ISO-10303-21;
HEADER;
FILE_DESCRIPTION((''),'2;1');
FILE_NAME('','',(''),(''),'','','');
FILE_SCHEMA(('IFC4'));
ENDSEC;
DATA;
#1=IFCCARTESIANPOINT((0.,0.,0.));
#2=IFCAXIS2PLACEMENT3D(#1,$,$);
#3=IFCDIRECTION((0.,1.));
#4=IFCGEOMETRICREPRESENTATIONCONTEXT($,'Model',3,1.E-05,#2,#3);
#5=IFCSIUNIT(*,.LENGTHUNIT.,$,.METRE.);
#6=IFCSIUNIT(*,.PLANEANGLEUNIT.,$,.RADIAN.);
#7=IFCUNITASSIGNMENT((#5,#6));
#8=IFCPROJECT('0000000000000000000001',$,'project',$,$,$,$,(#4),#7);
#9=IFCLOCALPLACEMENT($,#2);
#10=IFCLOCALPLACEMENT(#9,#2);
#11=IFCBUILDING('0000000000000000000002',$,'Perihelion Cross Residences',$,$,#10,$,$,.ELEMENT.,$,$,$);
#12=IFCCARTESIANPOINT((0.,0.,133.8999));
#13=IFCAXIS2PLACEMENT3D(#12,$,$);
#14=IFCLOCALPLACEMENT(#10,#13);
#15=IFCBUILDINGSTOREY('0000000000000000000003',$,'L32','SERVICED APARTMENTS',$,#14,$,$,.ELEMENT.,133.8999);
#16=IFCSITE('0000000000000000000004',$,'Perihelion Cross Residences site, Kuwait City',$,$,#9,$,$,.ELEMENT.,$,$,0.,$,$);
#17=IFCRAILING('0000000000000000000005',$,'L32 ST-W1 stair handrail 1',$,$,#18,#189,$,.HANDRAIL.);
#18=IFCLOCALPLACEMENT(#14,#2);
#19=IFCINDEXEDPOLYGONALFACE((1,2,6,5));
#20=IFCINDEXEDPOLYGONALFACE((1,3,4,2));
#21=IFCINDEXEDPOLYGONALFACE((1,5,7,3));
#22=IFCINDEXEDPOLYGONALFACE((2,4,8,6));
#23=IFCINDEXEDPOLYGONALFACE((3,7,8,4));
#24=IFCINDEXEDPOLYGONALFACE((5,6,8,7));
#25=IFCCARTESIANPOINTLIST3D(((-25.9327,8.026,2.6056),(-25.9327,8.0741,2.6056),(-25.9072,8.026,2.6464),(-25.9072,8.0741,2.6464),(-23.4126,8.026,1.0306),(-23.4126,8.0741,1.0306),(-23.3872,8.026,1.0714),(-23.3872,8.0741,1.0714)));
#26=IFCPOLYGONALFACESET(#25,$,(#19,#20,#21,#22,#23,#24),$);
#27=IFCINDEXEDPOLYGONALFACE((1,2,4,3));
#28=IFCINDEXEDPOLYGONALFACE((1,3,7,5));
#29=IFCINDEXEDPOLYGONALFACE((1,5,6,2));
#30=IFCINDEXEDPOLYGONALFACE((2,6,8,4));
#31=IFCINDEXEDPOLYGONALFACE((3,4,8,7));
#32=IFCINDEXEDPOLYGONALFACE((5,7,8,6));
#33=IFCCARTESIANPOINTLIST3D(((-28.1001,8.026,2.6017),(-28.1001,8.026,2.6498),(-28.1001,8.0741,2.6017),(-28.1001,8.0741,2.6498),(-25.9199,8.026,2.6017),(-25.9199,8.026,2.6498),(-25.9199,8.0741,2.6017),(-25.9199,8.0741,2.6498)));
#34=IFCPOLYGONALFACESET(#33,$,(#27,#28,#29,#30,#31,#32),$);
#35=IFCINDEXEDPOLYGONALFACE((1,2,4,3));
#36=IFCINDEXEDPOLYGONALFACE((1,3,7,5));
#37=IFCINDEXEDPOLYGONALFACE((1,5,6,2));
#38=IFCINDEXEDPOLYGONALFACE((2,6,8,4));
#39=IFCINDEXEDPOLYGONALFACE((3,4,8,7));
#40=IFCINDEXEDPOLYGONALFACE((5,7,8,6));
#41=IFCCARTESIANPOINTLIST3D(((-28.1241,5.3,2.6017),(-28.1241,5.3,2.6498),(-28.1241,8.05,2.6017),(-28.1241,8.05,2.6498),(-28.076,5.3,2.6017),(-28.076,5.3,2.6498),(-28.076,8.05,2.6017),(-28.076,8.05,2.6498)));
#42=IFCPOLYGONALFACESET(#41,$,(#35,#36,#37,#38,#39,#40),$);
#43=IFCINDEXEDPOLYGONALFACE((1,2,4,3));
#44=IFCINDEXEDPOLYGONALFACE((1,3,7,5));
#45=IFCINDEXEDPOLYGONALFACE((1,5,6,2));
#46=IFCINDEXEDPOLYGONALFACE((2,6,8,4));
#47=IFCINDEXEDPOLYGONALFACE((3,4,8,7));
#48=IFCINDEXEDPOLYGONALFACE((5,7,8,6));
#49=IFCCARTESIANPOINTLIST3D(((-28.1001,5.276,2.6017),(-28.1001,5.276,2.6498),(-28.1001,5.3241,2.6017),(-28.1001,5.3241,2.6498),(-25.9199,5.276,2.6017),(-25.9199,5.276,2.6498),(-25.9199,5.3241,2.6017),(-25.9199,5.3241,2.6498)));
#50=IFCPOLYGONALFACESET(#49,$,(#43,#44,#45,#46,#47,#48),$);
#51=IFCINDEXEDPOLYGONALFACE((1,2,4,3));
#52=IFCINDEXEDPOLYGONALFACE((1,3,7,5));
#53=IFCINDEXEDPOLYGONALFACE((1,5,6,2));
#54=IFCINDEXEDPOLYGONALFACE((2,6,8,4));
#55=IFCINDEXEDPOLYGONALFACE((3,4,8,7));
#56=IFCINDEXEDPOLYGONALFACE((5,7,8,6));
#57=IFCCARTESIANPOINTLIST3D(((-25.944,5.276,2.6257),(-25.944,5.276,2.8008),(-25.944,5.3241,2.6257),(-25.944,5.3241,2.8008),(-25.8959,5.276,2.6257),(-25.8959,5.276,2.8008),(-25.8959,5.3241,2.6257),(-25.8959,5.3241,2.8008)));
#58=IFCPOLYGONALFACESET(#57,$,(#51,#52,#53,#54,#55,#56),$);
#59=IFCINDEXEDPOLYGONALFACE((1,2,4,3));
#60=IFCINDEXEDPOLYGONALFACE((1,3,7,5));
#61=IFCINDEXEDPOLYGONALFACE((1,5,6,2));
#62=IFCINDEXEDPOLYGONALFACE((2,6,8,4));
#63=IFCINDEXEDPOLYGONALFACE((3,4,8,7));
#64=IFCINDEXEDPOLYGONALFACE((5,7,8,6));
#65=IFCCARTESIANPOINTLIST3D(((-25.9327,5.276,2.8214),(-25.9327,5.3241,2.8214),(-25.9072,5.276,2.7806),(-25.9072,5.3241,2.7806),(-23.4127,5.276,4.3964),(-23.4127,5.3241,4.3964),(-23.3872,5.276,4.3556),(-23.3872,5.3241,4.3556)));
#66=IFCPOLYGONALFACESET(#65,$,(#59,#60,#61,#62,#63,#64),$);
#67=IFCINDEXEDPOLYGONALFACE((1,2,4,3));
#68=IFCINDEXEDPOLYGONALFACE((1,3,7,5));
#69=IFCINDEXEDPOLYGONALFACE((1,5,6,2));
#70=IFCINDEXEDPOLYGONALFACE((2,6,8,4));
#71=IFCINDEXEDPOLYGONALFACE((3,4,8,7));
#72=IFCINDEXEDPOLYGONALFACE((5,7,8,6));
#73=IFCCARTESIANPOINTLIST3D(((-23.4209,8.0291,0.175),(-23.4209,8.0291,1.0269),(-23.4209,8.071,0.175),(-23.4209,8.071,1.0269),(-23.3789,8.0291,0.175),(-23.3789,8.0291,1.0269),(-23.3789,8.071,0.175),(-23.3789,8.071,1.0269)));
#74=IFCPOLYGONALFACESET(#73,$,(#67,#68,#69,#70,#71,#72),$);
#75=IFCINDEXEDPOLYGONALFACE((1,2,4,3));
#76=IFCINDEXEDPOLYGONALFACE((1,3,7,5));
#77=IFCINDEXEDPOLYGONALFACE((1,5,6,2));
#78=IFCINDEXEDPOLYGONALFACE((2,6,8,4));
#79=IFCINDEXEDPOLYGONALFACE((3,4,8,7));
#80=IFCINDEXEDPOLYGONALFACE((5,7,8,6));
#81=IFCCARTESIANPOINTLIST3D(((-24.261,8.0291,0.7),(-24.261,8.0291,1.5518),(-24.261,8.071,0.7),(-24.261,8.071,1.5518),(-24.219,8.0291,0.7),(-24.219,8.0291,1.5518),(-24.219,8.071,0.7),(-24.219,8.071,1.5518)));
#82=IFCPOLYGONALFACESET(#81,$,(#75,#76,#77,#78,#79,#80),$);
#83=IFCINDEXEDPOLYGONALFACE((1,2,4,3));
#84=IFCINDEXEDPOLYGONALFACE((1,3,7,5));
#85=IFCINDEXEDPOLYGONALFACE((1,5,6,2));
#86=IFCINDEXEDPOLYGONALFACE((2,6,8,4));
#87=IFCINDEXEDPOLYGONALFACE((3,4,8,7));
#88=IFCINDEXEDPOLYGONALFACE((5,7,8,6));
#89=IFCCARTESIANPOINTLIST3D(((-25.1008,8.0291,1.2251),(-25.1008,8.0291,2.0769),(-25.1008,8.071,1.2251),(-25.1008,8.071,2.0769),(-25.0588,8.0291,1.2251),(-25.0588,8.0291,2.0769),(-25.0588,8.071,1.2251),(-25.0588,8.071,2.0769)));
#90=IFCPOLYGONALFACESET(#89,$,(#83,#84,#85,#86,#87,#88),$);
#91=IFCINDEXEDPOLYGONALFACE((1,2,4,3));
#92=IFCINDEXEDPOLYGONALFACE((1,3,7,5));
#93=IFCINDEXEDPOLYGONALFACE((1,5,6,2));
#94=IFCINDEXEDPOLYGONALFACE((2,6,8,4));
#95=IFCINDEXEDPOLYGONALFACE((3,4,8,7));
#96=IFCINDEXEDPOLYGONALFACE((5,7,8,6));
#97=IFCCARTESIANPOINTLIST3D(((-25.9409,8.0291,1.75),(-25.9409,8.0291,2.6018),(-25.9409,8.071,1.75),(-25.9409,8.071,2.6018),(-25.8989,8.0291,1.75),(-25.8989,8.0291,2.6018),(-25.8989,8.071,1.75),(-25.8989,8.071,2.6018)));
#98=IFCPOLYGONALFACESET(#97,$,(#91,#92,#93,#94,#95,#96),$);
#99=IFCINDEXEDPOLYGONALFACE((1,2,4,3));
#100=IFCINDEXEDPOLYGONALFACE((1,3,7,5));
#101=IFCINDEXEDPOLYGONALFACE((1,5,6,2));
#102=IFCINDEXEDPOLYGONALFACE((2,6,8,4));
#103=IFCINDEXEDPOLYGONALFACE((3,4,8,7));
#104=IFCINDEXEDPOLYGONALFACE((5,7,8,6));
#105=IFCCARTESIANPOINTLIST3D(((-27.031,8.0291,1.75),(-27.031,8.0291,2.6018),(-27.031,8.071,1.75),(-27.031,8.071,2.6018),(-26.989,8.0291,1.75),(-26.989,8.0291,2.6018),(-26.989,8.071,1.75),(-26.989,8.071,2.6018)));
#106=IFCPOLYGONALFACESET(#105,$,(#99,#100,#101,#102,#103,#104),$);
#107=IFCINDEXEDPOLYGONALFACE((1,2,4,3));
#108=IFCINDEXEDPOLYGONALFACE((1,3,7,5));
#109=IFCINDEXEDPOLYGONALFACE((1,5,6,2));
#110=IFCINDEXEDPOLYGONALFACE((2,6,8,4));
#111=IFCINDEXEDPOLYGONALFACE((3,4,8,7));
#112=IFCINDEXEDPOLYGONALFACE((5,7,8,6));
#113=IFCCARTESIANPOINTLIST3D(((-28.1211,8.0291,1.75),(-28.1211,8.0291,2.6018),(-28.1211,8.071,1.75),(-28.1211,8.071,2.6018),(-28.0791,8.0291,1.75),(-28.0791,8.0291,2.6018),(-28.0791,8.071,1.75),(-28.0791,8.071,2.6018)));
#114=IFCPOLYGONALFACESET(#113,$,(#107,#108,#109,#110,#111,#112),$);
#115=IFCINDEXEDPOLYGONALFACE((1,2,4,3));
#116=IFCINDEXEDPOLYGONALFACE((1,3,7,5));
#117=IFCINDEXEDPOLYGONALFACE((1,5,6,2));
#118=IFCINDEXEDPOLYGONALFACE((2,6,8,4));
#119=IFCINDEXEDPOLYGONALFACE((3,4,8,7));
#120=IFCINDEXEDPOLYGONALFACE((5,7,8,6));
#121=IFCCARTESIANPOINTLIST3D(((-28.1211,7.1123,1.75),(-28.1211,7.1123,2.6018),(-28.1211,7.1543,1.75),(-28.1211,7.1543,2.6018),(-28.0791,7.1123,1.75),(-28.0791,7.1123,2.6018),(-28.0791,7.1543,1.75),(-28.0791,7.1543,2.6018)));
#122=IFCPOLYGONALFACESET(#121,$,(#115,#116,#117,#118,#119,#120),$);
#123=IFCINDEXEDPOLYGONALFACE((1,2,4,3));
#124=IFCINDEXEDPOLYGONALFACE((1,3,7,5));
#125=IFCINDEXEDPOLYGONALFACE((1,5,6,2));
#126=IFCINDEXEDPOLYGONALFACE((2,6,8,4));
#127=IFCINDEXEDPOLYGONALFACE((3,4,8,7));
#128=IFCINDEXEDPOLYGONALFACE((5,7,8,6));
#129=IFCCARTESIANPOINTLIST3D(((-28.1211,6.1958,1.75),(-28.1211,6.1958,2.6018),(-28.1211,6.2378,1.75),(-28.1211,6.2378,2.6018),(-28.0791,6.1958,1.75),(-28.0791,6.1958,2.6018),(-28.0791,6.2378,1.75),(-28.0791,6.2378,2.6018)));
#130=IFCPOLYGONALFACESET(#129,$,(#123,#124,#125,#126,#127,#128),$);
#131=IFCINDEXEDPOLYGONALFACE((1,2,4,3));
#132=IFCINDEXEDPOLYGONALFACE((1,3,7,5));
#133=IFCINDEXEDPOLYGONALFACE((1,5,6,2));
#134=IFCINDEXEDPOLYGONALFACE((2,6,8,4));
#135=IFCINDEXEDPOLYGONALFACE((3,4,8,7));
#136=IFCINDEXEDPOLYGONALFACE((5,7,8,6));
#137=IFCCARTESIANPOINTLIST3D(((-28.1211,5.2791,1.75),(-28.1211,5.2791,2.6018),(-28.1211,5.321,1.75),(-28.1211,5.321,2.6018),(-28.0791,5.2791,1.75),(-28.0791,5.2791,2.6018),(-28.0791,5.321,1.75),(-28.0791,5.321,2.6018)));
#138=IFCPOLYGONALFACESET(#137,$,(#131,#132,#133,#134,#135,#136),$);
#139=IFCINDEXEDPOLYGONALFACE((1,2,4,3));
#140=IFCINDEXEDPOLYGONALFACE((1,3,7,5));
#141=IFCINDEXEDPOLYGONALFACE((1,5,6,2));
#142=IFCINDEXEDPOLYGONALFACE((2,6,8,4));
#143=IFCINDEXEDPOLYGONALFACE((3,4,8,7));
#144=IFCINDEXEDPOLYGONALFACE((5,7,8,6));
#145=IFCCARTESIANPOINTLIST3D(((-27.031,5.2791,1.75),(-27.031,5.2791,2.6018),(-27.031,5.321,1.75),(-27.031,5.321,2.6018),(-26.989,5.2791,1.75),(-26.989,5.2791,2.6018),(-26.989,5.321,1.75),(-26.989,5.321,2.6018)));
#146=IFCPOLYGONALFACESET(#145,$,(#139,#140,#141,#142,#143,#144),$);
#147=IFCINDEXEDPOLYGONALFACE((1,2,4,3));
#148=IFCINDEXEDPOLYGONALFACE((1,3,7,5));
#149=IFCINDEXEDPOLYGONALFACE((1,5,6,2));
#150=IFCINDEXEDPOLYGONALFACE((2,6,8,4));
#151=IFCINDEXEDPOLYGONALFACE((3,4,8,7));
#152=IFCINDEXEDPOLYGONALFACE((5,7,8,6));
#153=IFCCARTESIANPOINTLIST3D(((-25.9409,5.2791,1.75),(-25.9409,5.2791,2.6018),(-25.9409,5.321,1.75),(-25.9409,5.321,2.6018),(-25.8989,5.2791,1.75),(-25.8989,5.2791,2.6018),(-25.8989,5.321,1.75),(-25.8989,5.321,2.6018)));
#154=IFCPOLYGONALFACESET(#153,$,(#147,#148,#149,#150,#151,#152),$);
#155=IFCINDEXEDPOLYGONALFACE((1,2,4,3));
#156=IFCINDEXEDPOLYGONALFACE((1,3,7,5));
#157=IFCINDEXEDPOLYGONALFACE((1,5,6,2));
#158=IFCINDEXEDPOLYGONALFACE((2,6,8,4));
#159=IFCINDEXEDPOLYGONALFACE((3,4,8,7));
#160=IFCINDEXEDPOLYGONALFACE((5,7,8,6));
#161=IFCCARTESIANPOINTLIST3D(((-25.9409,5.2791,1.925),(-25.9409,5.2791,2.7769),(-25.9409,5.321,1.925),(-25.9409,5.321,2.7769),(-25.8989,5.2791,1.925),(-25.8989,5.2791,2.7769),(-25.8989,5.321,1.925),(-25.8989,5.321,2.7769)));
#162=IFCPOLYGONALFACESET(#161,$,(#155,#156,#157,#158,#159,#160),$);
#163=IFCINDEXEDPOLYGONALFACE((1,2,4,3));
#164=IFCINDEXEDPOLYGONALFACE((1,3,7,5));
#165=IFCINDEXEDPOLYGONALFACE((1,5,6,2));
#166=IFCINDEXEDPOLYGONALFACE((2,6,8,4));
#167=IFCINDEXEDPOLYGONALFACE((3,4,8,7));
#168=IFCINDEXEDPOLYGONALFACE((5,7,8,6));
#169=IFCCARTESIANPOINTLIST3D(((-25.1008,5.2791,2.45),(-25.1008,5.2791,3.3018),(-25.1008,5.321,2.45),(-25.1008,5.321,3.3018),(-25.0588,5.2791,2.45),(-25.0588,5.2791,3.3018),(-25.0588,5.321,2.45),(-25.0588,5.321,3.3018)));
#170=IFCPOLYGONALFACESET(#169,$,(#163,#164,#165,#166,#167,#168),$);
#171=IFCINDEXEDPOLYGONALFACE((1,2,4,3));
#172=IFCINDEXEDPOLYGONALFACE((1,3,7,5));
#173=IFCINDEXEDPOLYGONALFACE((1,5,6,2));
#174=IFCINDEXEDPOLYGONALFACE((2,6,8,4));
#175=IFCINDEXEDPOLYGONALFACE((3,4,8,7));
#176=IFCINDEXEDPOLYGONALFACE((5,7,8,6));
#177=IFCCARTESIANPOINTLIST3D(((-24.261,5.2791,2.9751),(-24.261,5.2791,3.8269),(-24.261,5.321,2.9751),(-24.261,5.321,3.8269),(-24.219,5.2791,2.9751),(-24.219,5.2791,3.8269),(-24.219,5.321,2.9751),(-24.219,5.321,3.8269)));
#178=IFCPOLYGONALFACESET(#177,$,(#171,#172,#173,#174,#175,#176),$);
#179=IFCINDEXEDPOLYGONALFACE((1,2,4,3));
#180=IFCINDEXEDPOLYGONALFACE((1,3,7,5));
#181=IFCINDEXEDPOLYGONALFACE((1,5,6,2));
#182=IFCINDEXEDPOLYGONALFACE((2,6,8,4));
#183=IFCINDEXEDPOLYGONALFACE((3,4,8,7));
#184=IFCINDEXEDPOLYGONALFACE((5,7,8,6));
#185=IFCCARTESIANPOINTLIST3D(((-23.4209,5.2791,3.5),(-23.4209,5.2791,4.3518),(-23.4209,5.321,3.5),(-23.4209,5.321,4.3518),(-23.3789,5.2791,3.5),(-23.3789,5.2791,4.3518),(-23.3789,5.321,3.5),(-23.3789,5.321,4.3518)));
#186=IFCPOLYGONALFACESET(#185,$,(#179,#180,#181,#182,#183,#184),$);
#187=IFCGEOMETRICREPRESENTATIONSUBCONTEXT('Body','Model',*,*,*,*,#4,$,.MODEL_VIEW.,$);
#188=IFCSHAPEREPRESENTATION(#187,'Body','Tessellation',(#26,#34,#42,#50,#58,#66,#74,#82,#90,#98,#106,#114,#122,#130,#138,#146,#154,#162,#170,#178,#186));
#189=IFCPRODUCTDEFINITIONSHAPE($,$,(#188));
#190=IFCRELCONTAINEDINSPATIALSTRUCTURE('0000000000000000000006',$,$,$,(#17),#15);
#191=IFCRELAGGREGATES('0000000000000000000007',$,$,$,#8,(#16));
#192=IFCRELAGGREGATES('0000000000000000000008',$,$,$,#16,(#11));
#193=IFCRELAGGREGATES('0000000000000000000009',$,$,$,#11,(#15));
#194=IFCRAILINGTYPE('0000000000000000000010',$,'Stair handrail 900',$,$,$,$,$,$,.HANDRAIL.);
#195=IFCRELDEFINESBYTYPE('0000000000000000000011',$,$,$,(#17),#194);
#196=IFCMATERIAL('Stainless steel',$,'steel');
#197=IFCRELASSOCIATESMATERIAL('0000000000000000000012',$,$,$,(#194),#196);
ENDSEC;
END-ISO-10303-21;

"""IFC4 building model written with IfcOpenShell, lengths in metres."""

from ifc_helpers import new_model, si_unit, direction, frame, origin, origin_2d, place, context, subcontext, project, spatial, rectangle, extrude, material, type_object, element, save


model = new_model("IFC4")

# Units and contexts
model_context = context("Model", 3, precision=1e-05, world=origin(), true_north=direction((0.0, 1.0)))
body_context = subcontext(model_context, "Body", "Model", "MODEL_VIEW")
ifc_project = project(units=[si_unit("LENGTHUNIT", "METRE"), si_unit("PLANEANGLEUNIT", "RADIAN")], contexts=[model_context])

# Site, building, storey
site_placement = place(None, origin())
site = spatial("IfcSite", under=ifc_project, at=site_placement, Name="Perihelion Cross Residences site, Kuwait City", CompositionType="ELEMENT", RefElevation=0.0)
building_placement = place(site_placement, origin())
building = spatial("IfcBuilding", under=site, at=building_placement, Name="Perihelion Cross Residences", CompositionType="ELEMENT")
storey_placement = place(building_placement, frame((0.0, 0.0, 133.8999)))
storey = spatial("IfcBuildingStorey", under=building, at=storey_placement, Name="L32", Description="SERVICED APARTMENTS", CompositionType="ELEMENT", Elevation=133.8999)

# Railing
ifc_material_1 = material(Name="Stainless steel", Category="steel")
railing_type_1 = type_object("IfcRailingType", Name="Stair handrail 900", PredefinedType="HANDRAIL", material=ifc_material_1)
railing_1_placement = place(storey_placement, frame((-23.3999, 8.05, 0.175)))
element("IfcRailing", 1, at=railing_1_placement, inside=storey, type_object=railing_type_1, Name="L32 ST-W1 stair handrail 1", PredefinedType="HANDRAIL", context=body_context, shape_type="SweptSolid", body=[
    extrude(rectangle(XDim=0.0481, YDim=0.0481, at=origin_2d()), frame((0.0, 0.0, 0.876), z_axis=(-0.848008, 0.0, 0.529984), x_axis=(0.0, -1.0, 0.0)), (0.0, 0.0, 1.0), 2.9717),
    extrude(rectangle(XDim=0.0481, YDim=0.0481, at=origin_2d()), frame((-2.52, 0.0, 2.4507), z_axis=(-1.0, 0.0, 0.0), x_axis=(0.0, -1.0, 0.0)), (0.0, 0.0, 1.0), 2.1802),
    extrude(rectangle(XDim=0.0481, YDim=0.0481, at=origin_2d()), frame((-4.7002, 0.0, 2.4507), z_axis=(0.0, -1.0, 0.0), x_axis=(1.0, 0.0, 0.0)), (0.0, 0.0, 1.0), 2.75),
    extrude(rectangle(XDim=0.0481, YDim=0.0481, at=origin_2d()), frame((-4.7002, -2.75, 2.4507), z_axis=(1.0, 0.0, 0.0), x_axis=(0.0, 1.0, 0.0)), (0.0, 0.0, 1.0), 2.1802),
    extrude(rectangle(XDim=0.0481, YDim=0.0481, at=origin_2d()), frame((-2.52, -2.75, 2.4507), z_axis=(0.0, 0.0, 1.0), x_axis=(1.0, 0.0, 0.0)), (0.0, 0.0, 1.0), 0.175),
    extrude(rectangle(XDim=0.0481, YDim=0.0481, at=origin_2d()), frame((-2.52, -2.75, 2.626), z_axis=(0.848008, 0.0, 0.529984), x_axis=(0.0, 1.0, 0.0)), (0.0, 0.0, 1.0), 2.9717),
    extrude(rectangle(XDim=0.042, YDim=0.042, at=origin_2d()), origin(), (0.0, 0.0, 1.0), 0.8518),
    extrude(rectangle(XDim=0.042, YDim=0.042, at=origin_2d()), frame((-0.8401, 0.0, 0.5249)), (0.0, 0.0, 1.0), 0.8518),
    extrude(rectangle(XDim=0.042, YDim=0.042, at=origin_2d()), frame((-1.6799, 0.0, 1.05)), (0.0, 0.0, 1.0), 0.8518),
    extrude(rectangle(XDim=0.042, YDim=0.042, at=origin_2d()), frame((-2.52, 0.0, 1.575)), (0.0, 0.0, 1.0), 0.8518),
    extrude(rectangle(XDim=0.042, YDim=0.042, at=origin_2d()), frame((-3.6101, 0.0, 1.575)), (0.0, 0.0, 1.0), 0.8518),
    extrude(rectangle(XDim=0.042, YDim=0.042, at=origin_2d()), frame((-4.7002, 0.0, 1.575)), (0.0, 0.0, 1.0), 0.8518),
    extrude(rectangle(XDim=0.042, YDim=0.042, at=origin_2d()), frame((-4.7002, -0.9167, 1.575)), (0.0, 0.0, 1.0), 0.8518),
    extrude(rectangle(XDim=0.042, YDim=0.042, at=origin_2d()), frame((-4.7002, -1.8333, 1.575)), (0.0, 0.0, 1.0), 0.8518),
    extrude(rectangle(XDim=0.042, YDim=0.042, at=origin_2d()), frame((-4.7002, -2.75, 1.575)), (0.0, 0.0, 1.0), 0.8518),
    extrude(rectangle(XDim=0.042, YDim=0.042, at=origin_2d()), frame((-3.6101, -2.75, 1.575)), (0.0, 0.0, 1.0), 0.8518),
    extrude(rectangle(XDim=0.042, YDim=0.042, at=origin_2d()), frame((-2.52, -2.75, 1.575)), (0.0, 0.0, 1.0), 0.8518),
    extrude(rectangle(XDim=0.042, YDim=0.042, at=origin_2d()), frame((-2.52, -2.75, 1.75)), (0.0, 0.0, 1.0), 0.8518),
    extrude(rectangle(XDim=0.042, YDim=0.042, at=origin_2d()), frame((-1.6799, -2.75, 2.2749)), (0.0, 0.0, 1.0), 0.8518),
    extrude(rectangle(XDim=0.042, YDim=0.042, at=origin_2d()), frame((-0.8401, -2.75, 2.8)), (0.0, 0.0, 1.0), 0.8518),
    extrude(rectangle(XDim=0.042, YDim=0.042, at=origin_2d()), frame((0.0, -2.75, 3.325)), (0.0, 0.0, 1.0), 0.8518),
])

save(model, "model.ifc")
